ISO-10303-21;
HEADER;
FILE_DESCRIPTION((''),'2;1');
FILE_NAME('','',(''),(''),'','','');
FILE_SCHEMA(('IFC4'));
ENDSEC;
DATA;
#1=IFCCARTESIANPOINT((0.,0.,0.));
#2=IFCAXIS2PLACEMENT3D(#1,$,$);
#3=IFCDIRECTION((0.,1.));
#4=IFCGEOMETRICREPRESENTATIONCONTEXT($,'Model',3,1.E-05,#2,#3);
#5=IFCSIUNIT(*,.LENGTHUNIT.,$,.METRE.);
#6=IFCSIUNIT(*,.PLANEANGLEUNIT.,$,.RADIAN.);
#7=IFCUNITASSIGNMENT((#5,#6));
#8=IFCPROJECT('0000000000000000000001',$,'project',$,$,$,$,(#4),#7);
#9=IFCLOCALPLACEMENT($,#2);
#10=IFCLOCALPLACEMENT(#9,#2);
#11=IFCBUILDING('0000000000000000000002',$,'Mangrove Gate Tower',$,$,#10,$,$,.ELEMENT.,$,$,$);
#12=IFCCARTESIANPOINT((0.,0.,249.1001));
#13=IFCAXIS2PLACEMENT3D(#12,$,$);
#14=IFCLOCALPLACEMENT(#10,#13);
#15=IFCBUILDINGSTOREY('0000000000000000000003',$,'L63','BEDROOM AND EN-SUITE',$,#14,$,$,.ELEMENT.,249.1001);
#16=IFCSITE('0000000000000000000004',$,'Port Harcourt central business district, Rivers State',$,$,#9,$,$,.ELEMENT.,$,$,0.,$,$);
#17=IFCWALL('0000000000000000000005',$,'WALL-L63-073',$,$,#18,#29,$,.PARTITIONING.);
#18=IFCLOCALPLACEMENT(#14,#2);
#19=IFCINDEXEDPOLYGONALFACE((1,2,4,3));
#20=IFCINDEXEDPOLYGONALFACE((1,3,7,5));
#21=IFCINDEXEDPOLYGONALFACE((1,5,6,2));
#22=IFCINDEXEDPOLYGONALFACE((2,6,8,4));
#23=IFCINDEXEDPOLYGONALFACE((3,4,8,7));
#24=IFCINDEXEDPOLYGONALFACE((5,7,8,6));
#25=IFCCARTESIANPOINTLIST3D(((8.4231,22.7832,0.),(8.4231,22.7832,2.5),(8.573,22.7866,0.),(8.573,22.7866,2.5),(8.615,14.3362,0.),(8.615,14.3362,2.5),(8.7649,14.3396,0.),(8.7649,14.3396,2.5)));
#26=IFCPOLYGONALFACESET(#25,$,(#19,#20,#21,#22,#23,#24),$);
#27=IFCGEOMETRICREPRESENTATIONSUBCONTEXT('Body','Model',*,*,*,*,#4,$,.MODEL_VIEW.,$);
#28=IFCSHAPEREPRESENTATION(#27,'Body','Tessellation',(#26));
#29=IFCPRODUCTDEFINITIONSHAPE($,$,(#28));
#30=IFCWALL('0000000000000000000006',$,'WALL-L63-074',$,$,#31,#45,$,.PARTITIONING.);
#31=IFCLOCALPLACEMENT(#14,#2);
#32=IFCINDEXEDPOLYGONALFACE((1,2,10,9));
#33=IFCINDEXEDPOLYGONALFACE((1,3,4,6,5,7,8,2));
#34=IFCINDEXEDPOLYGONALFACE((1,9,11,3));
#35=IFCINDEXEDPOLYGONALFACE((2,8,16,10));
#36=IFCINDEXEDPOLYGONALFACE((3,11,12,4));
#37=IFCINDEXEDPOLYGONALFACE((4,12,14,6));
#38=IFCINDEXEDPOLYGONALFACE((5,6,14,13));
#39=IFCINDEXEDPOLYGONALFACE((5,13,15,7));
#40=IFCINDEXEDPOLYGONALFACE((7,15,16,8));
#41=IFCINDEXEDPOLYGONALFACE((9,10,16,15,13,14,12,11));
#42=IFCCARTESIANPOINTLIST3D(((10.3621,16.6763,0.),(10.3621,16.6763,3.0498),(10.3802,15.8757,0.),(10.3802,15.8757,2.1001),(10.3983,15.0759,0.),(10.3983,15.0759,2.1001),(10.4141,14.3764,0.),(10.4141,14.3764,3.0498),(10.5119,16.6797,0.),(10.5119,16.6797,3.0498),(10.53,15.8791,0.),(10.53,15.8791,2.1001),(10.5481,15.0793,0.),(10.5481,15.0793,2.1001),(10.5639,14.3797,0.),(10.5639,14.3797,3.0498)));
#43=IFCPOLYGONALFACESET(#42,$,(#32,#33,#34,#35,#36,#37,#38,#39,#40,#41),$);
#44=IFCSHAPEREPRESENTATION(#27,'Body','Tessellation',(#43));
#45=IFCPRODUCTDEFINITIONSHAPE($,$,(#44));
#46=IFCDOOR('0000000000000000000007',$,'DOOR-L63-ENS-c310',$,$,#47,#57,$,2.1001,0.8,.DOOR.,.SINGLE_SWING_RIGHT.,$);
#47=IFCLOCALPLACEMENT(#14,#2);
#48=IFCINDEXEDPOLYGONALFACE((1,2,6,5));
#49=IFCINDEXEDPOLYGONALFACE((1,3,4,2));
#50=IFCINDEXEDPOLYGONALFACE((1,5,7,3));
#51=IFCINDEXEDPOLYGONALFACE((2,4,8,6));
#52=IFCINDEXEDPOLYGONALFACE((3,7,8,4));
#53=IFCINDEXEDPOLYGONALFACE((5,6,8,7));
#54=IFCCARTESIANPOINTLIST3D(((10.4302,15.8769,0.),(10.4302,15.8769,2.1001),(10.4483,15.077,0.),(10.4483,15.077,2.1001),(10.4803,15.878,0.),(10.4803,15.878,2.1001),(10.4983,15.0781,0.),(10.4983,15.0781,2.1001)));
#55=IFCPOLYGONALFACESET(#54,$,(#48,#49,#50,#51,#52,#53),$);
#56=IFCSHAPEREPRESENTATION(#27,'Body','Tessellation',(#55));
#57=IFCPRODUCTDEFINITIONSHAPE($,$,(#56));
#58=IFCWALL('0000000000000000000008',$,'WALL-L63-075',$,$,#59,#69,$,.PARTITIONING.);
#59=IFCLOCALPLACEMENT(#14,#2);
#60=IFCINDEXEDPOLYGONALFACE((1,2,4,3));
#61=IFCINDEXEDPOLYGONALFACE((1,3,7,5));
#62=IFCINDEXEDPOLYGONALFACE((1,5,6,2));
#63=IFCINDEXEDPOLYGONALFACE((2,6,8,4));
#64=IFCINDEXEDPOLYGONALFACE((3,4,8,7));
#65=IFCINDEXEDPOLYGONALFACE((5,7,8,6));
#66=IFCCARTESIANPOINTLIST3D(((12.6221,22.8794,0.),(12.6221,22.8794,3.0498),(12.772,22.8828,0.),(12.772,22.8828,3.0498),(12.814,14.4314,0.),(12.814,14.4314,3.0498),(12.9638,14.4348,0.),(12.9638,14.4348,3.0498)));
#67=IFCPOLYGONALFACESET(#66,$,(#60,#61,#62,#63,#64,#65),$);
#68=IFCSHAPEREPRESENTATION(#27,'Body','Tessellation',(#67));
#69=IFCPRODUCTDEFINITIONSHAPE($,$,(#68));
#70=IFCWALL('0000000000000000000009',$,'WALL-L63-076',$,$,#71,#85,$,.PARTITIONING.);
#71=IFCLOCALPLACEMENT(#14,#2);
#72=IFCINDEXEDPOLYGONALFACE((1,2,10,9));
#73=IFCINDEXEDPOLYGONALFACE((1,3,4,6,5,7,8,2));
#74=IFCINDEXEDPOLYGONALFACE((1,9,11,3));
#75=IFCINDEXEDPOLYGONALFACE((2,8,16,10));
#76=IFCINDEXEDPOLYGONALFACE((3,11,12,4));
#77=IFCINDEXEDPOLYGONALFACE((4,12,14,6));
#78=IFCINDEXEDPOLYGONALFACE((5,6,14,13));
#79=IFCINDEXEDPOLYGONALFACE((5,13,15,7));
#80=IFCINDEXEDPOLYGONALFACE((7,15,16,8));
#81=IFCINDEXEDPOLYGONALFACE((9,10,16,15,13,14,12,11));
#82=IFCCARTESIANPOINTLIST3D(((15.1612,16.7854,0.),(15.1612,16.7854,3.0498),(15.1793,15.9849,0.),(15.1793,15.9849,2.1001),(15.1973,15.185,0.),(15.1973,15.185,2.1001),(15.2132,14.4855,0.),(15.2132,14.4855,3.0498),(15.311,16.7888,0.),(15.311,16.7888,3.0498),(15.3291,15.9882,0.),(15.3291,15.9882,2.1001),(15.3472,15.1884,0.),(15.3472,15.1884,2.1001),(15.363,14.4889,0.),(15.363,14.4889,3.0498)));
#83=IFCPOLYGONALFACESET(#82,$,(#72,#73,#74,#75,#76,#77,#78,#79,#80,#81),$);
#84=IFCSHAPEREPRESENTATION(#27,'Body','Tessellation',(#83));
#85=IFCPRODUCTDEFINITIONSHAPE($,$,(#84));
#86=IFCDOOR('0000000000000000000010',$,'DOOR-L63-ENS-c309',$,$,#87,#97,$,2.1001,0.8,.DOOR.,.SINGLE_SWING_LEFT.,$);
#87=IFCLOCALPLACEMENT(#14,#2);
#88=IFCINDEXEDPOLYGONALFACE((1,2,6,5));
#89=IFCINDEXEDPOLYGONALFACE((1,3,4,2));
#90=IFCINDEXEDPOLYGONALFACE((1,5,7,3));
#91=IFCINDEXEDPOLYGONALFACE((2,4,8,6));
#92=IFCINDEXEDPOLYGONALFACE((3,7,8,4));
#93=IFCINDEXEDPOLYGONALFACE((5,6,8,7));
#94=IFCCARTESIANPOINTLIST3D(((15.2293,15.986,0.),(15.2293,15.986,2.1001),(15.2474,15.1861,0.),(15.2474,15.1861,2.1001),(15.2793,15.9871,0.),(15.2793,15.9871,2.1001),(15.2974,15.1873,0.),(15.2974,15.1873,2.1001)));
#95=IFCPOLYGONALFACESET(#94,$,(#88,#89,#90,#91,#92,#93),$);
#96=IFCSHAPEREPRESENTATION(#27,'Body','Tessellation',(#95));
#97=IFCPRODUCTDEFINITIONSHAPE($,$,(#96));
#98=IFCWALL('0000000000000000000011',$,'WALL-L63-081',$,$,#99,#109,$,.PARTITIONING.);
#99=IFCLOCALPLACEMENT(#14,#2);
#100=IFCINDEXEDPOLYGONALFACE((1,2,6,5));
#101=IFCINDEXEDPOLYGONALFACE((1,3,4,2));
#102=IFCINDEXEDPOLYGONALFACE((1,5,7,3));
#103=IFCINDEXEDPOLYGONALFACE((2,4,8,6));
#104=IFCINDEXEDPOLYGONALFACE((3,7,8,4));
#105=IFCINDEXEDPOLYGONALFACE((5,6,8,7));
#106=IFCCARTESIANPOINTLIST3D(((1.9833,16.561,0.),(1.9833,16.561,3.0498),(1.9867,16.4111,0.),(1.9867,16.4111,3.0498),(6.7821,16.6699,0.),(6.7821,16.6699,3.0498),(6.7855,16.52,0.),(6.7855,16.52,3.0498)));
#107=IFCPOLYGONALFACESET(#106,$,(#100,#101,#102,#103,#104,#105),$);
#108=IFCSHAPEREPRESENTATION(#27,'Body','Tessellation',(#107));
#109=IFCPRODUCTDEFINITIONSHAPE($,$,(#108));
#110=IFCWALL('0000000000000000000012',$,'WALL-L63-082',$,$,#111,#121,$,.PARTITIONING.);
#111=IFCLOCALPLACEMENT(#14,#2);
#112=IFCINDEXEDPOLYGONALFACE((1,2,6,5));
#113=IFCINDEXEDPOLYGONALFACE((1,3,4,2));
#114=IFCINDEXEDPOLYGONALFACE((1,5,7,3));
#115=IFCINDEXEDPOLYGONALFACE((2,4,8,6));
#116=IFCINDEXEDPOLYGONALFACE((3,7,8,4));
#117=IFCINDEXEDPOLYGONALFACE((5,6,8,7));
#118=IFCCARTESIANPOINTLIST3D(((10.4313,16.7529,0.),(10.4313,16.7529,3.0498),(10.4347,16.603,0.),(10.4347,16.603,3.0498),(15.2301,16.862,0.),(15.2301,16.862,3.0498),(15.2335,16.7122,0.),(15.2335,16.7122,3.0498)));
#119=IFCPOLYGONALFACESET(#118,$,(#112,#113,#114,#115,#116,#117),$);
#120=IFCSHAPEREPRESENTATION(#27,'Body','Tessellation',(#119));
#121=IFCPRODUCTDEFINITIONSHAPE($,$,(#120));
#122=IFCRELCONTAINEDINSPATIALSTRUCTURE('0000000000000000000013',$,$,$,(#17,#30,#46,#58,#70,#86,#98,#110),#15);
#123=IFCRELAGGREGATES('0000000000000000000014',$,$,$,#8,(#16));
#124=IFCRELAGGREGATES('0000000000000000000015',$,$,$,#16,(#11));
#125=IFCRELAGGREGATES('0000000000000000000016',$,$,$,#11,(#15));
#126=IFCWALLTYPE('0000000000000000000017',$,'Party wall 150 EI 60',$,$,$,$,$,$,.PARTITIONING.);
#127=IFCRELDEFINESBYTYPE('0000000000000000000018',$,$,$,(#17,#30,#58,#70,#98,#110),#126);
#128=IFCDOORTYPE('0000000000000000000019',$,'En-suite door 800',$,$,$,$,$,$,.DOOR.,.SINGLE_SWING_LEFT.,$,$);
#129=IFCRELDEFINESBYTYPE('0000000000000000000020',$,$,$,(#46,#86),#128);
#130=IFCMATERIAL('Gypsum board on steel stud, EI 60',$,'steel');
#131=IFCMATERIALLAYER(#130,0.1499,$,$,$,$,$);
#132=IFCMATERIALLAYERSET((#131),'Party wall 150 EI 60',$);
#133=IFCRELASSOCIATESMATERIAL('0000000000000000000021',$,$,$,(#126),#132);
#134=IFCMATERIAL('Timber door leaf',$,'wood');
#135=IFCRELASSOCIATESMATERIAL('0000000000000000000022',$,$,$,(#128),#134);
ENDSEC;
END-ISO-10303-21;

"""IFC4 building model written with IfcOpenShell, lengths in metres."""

from ifc_helpers import new_model, si_unit, direction, frame, frame_2d, origin, place, context, subcontext, project, spatial, rectangle, extrude, material, layer, layer_set, type_object, element, fill, save


model = new_model("IFC4")

# Units and contexts
model_context = context("Model", 3, precision=1e-05, world=origin(), true_north=direction((0.0, 1.0)))
body_context = subcontext(model_context, "Body", "Model", "MODEL_VIEW")
ifc_project = project(units=[si_unit("LENGTHUNIT", "METRE"), si_unit("PLANEANGLEUNIT", "RADIAN")], contexts=[model_context])

# Site, building, storey
site_placement = place(None, origin())
site = spatial("IfcSite", under=ifc_project, at=site_placement, Name="Port Harcourt central business district, Rivers State", CompositionType="ELEMENT", RefElevation=0.0)
building_placement = place(site_placement, origin())
building = spatial("IfcBuilding", under=site, at=building_placement, Name="Mangrove Gate Tower", CompositionType="ELEMENT")
storey_placement = place(building_placement, frame((0.0, 0.0, 249.1001)))
storey = spatial("IfcBuildingStorey", under=building, at=storey_placement, Name="L63", Description="BEDROOM AND EN-SUITE", CompositionType="ELEMENT", Elevation=249.1001)

# Shared definitions
ifc_material_1 = material(Name="Gypsum board on steel stud, EI 60", Category="steel")
ifc_layer_1 = layer(ifc_material_1, 0.1499)
ifc_layer_set_1 = layer_set([ifc_layer_1], Name="Party wall 150 EI 60")
wall_type_1 = type_object("IfcWallType", Name="Party wall 150 EI 60", PredefinedType="PARTITIONING", material=ifc_layer_set_1)

# Shared definitions
ifc_material_2 = material(Name="Timber door leaf", Category="wood")
door_type = type_object("IfcDoorType", Name="En-suite door 800", OperationType="SINGLE_SWING_LEFT", PredefinedType="DOOR", material=ifc_material_2)

# Wall
wall_1_placement = place(storey_placement, frame((8.6899, 14.3379, 0.0), z_axis=(0.0, 0.0, 1.0), x_axis=(-0.022712, 0.999742, 0.0)))
element("IfcWall", 1, at=wall_1_placement, inside=storey, type_object=wall_type_1, Name="WALL-L63-073", PredefinedType="PARTITIONING", context=body_context, shape_type="SweptSolid", body=[
    extrude(rectangle(XDim=8.4492, YDim=0.1499, at=frame_2d((4.2246, 0.0))), origin(), (0.0, 0.0, 1.0), 2.5),
])

# Wall, opening, door
wall_2_placement = place(storey_placement, frame((10.489, 14.3779, 0.0), z_axis=(0.0, 0.0, 1.0), x_axis=(-0.022603, 0.999745, 0.0)))
wall_2 = element("IfcWall", 2, at=wall_2_placement, inside=storey, type_object=wall_type_1, Name="WALL-L63-074", PredefinedType="PARTITIONING", context=body_context, shape_type="SweptSolid", body=[
    extrude(rectangle(XDim=2.3005, YDim=0.1499, at=frame_2d((1.1504, 0.0))), origin(), (0.0, 0.0, 1.0), 3.0498),
])
opening_1_placement = place(wall_2_placement, frame((0.7, 0.0, 0.0)))
opening_1 = element("IfcOpeningElement", 3, at=opening_1_placement, cuts=wall_2, PredefinedType="OPENING", context=body_context, shape_type="SweptSolid", body=[
    extrude(rectangle(XDim=0.8, YDim=2.1001, at=frame_2d((0.3999, 1.05))), frame((0.0, 0.085, 0.0), z_axis=(0.0, -1.0, 0.0), x_axis=(1.0, 0.0, 0.0)), (0.0, 0.0, 1.0), 0.1699),
])
door_1_placement = place(opening_1_placement, origin())
door_1 = element("IfcDoor", 4, at=door_1_placement, inside=storey, type_object=door_type, Name="DOOR-L63-ENS-c310", OperationType="SINGLE_SWING_RIGHT", OverallHeight=2.1001, OverallWidth=0.8, PredefinedType="DOOR", context=body_context, shape_type="SweptSolid", body=[
    extrude(rectangle(XDim=0.8, YDim=2.1001, at=frame_2d((0.3999, 1.05))), frame((0.0, 0.0249, 0.0), z_axis=(0.0, -1.0, 0.0), x_axis=(1.0, 0.0, 0.0)), (0.0, 0.0, 1.0), 0.05),
])
fill(opening_1, door_1)

# Wall
wall_3_placement = place(storey_placement, frame((12.8889, 14.4331, 0.0), z_axis=(0.0, 0.0, 1.0), x_axis=(-0.022709, 0.999742, 0.0)))
element("IfcWall", 5, at=wall_3_placement, inside=storey, type_object=wall_type_1, Name="WALL-L63-075", PredefinedType="PARTITIONING", context=body_context, shape_type="SweptSolid", body=[
    extrude(rectangle(XDim=8.4502, YDim=0.1499, at=frame_2d((4.2251, 0.0))), origin(), (0.0, 0.0, 1.0), 3.0498),
])

# Wall, opening, door
wall_4_placement = place(storey_placement, frame((15.2881, 14.4871, 0.0), z_axis=(0.0, 0.0, 1.0), x_axis=(-0.022603, 0.999745, 0.0)))
wall_4 = element("IfcWall", 6, at=wall_4_placement, inside=storey, type_object=wall_type_1, Name="WALL-L63-076", PredefinedType="PARTITIONING", context=body_context, shape_type="SweptSolid", body=[
    extrude(rectangle(XDim=2.3005, YDim=0.1499, at=frame_2d((1.1504, 0.0))), origin(), (0.0, 0.0, 1.0), 3.0498),
])
opening_2_placement = place(wall_4_placement, frame((0.7, 0.0, 0.0)))
opening_2 = element("IfcOpeningElement", 7, at=opening_2_placement, cuts=wall_4, PredefinedType="OPENING", context=body_context, shape_type="SweptSolid", body=[
    extrude(rectangle(XDim=0.8, YDim=2.1001, at=frame_2d((0.3999, 1.05))), frame((0.0, 0.085, 0.0), z_axis=(0.0, -1.0, 0.0), x_axis=(1.0, 0.0, 0.0)), (0.0, 0.0, 1.0), 0.1699),
])
door_2_placement = place(opening_2_placement, origin())
door_2 = element("IfcDoor", 8, at=door_2_placement, inside=storey, type_object=door_type, Name="DOOR-L63-ENS-c309", OperationType="SINGLE_SWING_LEFT", OverallHeight=2.1001, OverallWidth=0.8, PredefinedType="DOOR", context=body_context, shape_type="SweptSolid", body=[
    extrude(rectangle(XDim=0.8, YDim=2.1001, at=frame_2d((0.3999, 1.05))), frame((0.0, 0.0249, 0.0), z_axis=(0.0, -1.0, 0.0), x_axis=(1.0, 0.0, 0.0)), (0.0, 0.0, 1.0), 0.05),
])
fill(opening_2, door_2)

# Walls
for number, where, z_axis, x_axis, name in (
    (9, (1.9851, 16.4861, 0.0), (0.0, 0.0, 1.0), (0.999743, 0.022684, 0.0), "WALL-L63-081"),
    (10, (10.4331, 16.678, 0.0), (0.0, 0.0, 1.0), (0.999742, 0.022735, 0.0), "WALL-L63-082"),
):
    element("IfcWall", number, at=place(storey_placement, frame(where, z_axis=z_axis, x_axis=x_axis)), inside=storey, type_object=wall_type_1, Name=name, PredefinedType="PARTITIONING", context=body_context, shape_type="SweptSolid", body=[
        extrude(rectangle(XDim=4.8, YDim=0.1499, at=frame_2d((2.3999, 0.0))), origin(), (0.0, 0.0, 1.0), 3.0498),
    ])

save(model, "model.ifc")
